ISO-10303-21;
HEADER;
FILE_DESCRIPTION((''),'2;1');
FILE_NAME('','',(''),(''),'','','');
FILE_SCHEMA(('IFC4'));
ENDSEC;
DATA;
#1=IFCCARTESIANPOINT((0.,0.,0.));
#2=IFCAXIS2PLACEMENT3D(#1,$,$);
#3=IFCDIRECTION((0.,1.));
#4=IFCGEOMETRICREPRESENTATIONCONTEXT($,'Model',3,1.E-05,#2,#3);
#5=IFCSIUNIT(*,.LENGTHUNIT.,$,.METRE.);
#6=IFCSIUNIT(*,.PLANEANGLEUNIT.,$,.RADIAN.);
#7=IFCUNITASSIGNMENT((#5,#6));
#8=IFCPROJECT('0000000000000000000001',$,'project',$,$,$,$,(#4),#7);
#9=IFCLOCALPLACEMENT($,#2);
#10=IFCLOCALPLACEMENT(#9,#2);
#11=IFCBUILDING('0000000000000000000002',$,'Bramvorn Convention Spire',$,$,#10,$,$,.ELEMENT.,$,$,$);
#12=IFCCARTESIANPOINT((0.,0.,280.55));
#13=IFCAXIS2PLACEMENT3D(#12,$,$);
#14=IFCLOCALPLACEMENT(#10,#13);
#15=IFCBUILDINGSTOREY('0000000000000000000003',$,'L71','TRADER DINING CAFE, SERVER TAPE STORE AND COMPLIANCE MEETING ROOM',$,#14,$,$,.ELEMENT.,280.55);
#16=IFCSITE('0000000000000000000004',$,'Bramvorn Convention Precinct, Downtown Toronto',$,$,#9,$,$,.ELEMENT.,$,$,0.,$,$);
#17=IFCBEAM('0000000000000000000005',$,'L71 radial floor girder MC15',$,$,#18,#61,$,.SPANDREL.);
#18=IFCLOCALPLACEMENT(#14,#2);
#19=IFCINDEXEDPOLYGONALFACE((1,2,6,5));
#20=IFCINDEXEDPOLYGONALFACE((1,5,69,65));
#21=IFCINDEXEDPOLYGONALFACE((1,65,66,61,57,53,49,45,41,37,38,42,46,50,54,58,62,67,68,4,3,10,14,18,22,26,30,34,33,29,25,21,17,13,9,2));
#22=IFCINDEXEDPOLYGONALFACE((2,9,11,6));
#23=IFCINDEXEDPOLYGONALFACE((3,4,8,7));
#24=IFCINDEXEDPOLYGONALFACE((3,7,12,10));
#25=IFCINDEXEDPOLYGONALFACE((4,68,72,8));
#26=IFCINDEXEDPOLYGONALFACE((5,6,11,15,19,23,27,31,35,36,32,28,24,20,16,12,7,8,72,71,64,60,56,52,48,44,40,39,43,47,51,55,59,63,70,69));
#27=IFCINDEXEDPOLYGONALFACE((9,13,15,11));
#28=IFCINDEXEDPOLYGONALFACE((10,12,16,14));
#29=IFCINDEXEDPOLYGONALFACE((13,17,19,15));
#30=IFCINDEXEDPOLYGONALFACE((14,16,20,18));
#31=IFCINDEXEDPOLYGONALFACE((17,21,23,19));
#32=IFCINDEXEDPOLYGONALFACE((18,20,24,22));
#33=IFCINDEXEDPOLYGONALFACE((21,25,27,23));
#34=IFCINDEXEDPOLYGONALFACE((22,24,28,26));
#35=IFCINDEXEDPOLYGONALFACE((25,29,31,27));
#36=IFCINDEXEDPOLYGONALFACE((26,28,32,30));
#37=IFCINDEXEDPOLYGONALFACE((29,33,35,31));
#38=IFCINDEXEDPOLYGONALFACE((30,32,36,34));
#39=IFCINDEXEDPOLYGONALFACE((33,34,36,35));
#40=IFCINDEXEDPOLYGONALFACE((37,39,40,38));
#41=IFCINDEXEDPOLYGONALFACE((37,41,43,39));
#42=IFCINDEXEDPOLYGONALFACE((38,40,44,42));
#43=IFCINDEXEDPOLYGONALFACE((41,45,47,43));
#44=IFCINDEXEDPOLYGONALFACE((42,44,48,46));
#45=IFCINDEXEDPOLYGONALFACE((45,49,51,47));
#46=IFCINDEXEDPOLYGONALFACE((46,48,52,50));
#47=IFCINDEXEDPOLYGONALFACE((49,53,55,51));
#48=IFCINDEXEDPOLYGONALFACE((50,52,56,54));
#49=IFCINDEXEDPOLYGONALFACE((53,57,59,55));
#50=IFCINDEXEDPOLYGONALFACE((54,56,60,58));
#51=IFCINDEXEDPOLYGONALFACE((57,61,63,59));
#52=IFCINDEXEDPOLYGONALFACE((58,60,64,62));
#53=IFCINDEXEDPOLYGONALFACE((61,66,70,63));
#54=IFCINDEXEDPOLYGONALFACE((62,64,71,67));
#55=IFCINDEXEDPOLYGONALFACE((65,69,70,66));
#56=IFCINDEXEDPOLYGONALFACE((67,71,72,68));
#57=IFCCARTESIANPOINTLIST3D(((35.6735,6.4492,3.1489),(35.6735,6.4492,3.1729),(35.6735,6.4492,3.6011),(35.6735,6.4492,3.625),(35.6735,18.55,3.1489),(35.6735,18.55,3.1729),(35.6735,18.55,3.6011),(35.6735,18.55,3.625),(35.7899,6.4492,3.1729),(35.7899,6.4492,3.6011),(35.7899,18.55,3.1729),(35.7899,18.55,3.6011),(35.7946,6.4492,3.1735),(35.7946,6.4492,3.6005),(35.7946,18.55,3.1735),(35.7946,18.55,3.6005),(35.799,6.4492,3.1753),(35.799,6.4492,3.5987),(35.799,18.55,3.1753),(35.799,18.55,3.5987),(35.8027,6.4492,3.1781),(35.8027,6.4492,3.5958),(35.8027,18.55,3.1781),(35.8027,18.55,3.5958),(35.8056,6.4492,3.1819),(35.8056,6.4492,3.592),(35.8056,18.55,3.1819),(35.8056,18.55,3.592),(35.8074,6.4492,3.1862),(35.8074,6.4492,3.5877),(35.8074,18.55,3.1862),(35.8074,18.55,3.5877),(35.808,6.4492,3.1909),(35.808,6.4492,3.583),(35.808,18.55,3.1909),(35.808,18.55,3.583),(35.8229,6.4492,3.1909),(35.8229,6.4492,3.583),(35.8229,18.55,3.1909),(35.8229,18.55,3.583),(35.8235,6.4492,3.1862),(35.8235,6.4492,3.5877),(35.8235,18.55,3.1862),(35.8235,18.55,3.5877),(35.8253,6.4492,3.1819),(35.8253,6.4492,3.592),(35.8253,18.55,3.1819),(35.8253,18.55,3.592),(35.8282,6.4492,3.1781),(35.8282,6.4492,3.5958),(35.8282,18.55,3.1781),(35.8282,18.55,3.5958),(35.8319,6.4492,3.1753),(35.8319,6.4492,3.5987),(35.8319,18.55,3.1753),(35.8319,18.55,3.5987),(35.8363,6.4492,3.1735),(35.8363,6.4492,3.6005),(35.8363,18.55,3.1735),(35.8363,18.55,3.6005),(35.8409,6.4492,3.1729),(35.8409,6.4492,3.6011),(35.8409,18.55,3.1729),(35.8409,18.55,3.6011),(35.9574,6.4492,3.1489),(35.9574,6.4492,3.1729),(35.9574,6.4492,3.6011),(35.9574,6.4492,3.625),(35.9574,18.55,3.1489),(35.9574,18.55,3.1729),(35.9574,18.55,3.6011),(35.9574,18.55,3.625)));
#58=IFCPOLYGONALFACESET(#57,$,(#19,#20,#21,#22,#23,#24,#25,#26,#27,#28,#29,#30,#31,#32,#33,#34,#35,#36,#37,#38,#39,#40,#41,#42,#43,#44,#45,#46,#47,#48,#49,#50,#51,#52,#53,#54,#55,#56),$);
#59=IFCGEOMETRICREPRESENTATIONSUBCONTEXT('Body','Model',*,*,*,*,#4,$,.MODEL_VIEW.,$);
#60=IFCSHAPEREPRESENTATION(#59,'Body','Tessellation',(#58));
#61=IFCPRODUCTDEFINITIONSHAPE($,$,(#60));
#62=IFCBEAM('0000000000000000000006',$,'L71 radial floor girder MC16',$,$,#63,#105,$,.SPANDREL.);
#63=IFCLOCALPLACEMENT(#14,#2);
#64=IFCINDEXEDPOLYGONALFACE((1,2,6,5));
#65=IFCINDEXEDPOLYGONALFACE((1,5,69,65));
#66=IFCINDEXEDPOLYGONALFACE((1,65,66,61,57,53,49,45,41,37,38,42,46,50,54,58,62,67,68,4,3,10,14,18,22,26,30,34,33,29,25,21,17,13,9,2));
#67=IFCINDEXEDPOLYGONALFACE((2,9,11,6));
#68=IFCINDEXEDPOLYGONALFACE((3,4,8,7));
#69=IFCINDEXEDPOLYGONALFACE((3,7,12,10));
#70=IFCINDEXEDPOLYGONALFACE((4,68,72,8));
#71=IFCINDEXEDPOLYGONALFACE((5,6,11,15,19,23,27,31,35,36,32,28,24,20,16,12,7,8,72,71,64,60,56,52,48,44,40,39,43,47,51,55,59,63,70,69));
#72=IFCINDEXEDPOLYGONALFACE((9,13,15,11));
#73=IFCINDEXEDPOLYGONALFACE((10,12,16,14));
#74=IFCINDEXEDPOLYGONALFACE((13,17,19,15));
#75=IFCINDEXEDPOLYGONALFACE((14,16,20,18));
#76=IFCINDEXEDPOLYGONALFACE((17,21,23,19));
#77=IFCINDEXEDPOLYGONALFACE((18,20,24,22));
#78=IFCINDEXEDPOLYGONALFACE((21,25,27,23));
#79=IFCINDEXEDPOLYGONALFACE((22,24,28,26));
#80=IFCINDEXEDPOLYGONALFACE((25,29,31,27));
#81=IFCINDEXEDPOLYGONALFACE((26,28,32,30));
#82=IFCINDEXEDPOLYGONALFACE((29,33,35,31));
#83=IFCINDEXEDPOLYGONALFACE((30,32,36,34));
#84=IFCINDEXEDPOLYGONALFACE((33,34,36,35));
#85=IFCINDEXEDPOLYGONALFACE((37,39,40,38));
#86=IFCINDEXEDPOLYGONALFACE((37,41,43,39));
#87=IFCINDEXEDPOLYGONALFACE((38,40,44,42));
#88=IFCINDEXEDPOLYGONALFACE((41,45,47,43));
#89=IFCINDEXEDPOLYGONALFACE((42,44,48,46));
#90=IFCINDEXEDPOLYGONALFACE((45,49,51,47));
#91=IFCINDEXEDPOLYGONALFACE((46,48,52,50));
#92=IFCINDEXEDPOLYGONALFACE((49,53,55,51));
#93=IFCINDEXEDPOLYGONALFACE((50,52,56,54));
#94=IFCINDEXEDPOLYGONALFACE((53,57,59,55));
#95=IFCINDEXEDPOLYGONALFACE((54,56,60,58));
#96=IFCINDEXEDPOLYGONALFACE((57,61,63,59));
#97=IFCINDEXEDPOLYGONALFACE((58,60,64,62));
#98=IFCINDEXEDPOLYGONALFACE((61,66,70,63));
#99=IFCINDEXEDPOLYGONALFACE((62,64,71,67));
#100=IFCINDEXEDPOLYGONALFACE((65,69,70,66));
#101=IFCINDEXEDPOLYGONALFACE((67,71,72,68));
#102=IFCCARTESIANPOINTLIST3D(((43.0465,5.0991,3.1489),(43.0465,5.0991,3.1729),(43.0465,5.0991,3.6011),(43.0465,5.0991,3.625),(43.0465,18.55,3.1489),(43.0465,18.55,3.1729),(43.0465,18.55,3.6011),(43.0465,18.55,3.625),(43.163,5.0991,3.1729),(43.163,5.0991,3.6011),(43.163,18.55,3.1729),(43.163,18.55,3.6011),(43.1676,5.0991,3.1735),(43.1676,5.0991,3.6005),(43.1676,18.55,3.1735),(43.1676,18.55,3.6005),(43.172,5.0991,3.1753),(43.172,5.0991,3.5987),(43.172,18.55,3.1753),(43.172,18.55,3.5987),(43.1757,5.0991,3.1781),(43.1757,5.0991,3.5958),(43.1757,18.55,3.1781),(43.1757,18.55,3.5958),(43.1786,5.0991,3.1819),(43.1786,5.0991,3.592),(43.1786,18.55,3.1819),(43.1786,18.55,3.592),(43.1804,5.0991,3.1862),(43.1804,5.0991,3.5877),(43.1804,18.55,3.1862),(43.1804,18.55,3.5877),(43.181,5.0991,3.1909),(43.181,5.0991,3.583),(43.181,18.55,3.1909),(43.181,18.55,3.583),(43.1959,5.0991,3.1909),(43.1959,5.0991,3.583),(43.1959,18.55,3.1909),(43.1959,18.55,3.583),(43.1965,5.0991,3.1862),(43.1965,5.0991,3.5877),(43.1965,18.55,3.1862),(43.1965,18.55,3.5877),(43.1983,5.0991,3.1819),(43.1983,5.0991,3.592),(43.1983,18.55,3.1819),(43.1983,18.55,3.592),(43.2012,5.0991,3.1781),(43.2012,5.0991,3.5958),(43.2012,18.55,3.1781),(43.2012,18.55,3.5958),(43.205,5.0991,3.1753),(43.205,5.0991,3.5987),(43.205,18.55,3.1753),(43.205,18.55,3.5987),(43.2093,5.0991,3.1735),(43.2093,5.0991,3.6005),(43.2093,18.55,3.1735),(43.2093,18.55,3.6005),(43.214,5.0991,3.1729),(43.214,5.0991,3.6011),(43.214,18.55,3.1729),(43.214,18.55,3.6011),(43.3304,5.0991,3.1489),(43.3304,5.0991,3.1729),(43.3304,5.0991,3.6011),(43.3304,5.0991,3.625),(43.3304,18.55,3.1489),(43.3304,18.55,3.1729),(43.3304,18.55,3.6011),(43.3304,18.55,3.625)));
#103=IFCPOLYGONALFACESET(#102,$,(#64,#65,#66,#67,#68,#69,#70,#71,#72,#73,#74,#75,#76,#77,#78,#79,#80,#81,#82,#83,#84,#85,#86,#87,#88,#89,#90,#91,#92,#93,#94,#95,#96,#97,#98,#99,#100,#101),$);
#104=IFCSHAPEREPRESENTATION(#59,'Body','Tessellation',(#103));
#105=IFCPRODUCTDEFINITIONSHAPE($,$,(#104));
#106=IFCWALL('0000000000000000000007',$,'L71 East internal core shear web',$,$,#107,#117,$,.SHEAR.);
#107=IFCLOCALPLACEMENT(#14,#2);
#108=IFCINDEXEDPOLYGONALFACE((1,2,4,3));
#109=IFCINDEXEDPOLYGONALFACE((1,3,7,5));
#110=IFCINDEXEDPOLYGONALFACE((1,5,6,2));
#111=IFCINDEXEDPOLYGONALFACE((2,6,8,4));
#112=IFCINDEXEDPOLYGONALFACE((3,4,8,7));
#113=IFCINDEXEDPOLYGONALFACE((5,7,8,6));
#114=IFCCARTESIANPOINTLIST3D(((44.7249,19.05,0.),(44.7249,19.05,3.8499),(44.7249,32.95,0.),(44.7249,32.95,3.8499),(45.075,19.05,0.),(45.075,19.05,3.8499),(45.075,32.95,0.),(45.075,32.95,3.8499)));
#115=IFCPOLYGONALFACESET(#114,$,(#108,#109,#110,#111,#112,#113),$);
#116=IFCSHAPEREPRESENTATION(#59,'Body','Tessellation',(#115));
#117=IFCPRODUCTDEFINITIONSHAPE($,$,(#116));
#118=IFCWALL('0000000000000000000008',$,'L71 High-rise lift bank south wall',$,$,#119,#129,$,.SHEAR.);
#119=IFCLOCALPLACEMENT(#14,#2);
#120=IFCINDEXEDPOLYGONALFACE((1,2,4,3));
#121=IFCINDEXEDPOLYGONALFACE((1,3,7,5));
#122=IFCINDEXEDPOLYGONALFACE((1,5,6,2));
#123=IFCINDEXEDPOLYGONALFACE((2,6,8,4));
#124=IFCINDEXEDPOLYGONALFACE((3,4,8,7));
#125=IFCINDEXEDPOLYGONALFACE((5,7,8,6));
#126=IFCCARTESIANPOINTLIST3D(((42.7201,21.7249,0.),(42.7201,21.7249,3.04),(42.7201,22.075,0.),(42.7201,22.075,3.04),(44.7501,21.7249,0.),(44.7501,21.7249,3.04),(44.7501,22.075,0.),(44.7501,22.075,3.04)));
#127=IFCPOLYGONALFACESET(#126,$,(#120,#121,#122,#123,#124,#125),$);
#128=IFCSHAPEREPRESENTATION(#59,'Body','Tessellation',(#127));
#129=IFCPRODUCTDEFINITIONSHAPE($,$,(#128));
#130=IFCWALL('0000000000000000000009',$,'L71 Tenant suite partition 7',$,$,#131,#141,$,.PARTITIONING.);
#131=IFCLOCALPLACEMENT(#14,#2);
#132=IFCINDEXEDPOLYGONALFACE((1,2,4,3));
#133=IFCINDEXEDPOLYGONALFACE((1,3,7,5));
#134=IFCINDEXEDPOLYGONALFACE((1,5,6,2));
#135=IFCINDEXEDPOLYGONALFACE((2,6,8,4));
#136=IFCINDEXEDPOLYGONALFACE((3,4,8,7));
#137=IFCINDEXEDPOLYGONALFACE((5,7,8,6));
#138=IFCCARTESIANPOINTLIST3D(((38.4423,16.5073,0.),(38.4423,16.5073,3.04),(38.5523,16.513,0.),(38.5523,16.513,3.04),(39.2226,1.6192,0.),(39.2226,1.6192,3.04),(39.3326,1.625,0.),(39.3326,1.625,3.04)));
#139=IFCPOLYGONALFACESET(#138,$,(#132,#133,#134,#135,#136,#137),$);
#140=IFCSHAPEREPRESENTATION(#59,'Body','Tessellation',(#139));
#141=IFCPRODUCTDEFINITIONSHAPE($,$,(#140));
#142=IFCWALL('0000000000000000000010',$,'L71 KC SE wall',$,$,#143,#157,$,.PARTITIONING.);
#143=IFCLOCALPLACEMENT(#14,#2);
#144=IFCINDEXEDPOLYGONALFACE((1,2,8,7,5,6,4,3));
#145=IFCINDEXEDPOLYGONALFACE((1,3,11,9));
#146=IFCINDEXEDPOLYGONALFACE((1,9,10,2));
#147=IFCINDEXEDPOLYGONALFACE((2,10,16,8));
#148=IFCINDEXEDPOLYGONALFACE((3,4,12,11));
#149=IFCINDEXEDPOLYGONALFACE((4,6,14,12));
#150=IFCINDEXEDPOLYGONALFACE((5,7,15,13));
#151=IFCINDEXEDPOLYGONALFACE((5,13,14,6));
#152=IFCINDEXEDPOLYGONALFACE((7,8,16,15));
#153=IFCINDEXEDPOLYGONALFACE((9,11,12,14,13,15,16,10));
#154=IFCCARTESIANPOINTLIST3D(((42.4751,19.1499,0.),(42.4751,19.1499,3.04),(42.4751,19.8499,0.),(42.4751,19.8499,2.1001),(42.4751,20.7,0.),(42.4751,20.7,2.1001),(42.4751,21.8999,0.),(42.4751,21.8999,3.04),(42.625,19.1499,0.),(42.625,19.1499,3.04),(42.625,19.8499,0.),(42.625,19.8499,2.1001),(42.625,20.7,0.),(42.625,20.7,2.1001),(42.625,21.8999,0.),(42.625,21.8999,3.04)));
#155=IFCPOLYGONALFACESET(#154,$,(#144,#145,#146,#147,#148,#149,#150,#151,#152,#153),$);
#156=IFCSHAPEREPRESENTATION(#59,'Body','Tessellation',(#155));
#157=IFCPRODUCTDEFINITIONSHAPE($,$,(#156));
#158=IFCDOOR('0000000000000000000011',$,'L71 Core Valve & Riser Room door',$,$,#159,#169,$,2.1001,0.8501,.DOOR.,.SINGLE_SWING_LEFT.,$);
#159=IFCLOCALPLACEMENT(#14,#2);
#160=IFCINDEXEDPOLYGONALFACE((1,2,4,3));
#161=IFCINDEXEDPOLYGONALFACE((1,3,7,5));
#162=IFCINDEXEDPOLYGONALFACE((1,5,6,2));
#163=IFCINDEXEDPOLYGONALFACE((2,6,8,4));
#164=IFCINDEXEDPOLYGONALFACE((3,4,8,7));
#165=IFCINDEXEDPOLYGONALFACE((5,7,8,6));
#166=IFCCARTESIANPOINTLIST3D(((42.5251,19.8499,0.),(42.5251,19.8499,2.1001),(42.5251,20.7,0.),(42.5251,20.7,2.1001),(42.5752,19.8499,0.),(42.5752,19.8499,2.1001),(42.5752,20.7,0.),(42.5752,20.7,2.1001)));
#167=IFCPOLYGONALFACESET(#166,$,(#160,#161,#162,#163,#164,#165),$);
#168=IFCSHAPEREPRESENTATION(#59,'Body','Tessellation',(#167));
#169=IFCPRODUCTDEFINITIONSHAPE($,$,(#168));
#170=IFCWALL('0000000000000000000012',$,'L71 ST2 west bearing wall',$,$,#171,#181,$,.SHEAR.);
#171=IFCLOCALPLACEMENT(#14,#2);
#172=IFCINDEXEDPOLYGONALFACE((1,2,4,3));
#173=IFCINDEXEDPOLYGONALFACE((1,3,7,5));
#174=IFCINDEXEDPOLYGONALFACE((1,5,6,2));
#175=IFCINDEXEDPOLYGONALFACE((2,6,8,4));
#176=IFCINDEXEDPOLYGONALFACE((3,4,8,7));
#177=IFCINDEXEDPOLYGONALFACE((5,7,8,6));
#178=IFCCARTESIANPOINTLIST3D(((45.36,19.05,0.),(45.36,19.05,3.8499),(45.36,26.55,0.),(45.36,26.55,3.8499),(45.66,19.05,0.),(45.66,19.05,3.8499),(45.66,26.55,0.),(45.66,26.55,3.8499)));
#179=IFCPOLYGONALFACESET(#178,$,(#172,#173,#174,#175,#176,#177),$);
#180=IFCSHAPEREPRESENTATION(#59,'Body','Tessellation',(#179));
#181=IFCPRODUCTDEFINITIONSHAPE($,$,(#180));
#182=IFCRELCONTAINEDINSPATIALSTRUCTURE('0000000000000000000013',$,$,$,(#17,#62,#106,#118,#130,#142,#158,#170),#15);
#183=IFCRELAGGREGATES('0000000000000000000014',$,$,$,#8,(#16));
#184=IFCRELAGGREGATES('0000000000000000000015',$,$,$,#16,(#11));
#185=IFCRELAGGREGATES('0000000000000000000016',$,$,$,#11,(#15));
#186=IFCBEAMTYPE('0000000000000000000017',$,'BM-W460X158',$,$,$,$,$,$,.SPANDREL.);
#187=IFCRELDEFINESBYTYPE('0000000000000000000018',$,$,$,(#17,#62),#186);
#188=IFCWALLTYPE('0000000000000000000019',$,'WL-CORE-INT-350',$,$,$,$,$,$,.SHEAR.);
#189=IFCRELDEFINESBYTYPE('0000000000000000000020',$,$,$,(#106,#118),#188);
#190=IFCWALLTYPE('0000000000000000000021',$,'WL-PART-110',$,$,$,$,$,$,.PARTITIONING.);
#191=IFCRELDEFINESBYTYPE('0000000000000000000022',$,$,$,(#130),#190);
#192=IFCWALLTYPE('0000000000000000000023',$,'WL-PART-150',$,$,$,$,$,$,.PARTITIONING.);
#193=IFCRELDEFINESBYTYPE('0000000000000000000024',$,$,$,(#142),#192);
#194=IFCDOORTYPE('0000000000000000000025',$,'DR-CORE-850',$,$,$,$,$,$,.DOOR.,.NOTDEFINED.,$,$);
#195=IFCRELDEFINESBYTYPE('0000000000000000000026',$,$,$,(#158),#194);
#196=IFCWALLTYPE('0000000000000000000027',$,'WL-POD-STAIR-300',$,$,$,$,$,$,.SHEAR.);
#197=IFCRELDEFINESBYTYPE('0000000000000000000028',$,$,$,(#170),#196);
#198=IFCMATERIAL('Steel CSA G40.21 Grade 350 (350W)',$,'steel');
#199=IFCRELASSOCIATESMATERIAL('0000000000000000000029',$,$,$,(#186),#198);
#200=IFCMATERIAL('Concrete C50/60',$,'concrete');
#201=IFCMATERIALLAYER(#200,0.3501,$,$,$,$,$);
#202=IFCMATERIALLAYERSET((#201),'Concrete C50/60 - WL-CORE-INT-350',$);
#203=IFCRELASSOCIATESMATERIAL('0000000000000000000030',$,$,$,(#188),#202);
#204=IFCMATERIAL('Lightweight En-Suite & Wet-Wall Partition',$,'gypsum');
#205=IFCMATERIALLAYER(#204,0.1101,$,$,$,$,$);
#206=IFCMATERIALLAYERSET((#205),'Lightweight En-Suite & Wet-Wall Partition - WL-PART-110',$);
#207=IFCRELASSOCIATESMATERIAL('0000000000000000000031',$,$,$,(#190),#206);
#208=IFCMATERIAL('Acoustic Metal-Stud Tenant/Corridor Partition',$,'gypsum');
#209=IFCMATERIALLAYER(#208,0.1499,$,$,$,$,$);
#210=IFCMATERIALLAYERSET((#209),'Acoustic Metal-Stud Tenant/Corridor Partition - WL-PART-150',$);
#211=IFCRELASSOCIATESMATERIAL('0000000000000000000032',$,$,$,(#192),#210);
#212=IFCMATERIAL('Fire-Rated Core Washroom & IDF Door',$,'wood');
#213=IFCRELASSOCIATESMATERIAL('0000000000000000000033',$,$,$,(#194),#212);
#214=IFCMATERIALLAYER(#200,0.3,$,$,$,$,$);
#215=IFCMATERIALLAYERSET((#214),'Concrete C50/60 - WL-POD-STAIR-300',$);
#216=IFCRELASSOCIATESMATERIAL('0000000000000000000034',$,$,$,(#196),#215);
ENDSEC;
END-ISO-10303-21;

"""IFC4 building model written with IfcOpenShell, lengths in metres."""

from ifc_helpers import new_model, si_unit, direction, frame, frame_2d, origin, origin_2d, place, context, subcontext, project, spatial, rectangle, i_section, extrude, material, layer, layer_set, material_profile, profile_set, type_object, element, fill, save


model = new_model("IFC4")

# Units and contexts
model_context = context("Model", 3, precision=1e-05, world=origin(), true_north=direction((0.0, 1.0)))
body_context = subcontext(model_context, "Body", "Model", "MODEL_VIEW")
ifc_project = project(units=[si_unit("LENGTHUNIT", "METRE"), si_unit("PLANEANGLEUNIT", "RADIAN")], contexts=[model_context])

# Site, building, storey
site_placement = place(None, origin())
site = spatial("IfcSite", under=ifc_project, at=site_placement, Name="Bramvorn Convention Precinct, Downtown Toronto", CompositionType="ELEMENT", RefElevation=0.0)
building_placement = place(site_placement, origin())
building = spatial("IfcBuilding", under=site, at=building_placement, Name="Bramvorn Convention Spire", CompositionType="ELEMENT")
storey_placement = place(building_placement, frame((0.0, 0.0, 280.55)))
storey = spatial("IfcBuildingStorey", under=building, at=storey_placement, Name="L71", Description="TRADER DINING CAFE, SERVER TAPE STORE AND COMPLIANCE MEETING ROOM", CompositionType="ELEMENT", Elevation=280.55)

# Beams
ifc_material_1 = material(Name="Steel CSA G40.21 Grade 350 (350W)", Category="steel")
ifc_material_profile_1 = material_profile(ifc_material_1, i_section(OverallWidth=0.2839, OverallDepth=0.4761, WebThickness=0.0149, FlangeThickness=0.0239, FilletRadius=0.0181, at=origin_2d()))
ifc_profile_set_1 = profile_set([ifc_material_profile_1], Name="Steel CSA G40.21 Grade 350 (350W) - W460X158")
beam_type_1 = type_object("IfcBeamType", Name="BM-W460X158", PredefinedType="SPANDREL", material=ifc_profile_set_1)
beam_1_placement = place(storey_placement, frame((35.8154, 18.55, 3.387), z_axis=(0.0, -1.0, 0.0), x_axis=(1.0, 0.0, 0.0)))
element("IfcBeam", 1, at=beam_1_placement, inside=storey, type_object=beam_type_1, Name="L71 radial floor girder MC15", PredefinedType="SPANDREL", context=body_context, shape_type="SweptSolid", body=[
    extrude(i_section(OverallWidth=0.2839, OverallDepth=0.4761, WebThickness=0.0149, FlangeThickness=0.0239, FilletRadius=0.0181, at=origin_2d()), origin(), (0.0, 0.0, 1.0), 12.1008),
])
beam_2_placement = place(storey_placement, frame((43.1885, 18.55, 3.387), z_axis=(0.0, -1.0, 0.0), x_axis=(1.0, 0.0, 0.0)))
element("IfcBeam", 2, at=beam_2_placement, inside=storey, type_object=beam_type_1, Name="L71 radial floor girder MC16", PredefinedType="SPANDREL", context=body_context, shape_type="SweptSolid", body=[
    extrude(i_section(OverallWidth=0.2839, OverallDepth=0.4761, WebThickness=0.0149, FlangeThickness=0.0239, FilletRadius=0.0181, at=origin_2d()), origin(), (0.0, 0.0, 1.0), 13.4509),
])

# Wall
ifc_material_2 = material(Name="Concrete C50/60", Category="concrete")
ifc_layer_1 = layer(ifc_material_2, 0.3501)
ifc_layer_set_1 = layer_set([ifc_layer_1], Name="Concrete C50/60 - WL-CORE-INT-350")
wall_type_1 = type_object("IfcWallType", Name="WL-CORE-INT-350", PredefinedType="SHEAR", material=ifc_layer_set_1)
wall_1_placement = place(storey_placement, frame((44.8999, 19.05, 0.0), z_axis=(0.0, 0.0, 1.0), x_axis=(0.0, 1.0, 0.0)))
element("IfcWall", 3, at=wall_1_placement, inside=storey, type_object=wall_type_1, Name="L71 East internal core shear web", PredefinedType="SHEAR", context=body_context, shape_type="SweptSolid", body=[
    extrude(rectangle(XDim=13.8999, YDim=0.3501, at=frame_2d((6.95, 0.0))), origin(), (0.0, 0.0, 1.0), 3.8499),
])

# Walls
wall_2_placement = place(storey_placement, frame((42.72, 21.8999, 0.0), z_axis=(0.0, 0.0, 1.0), x_axis=(1.0, 0.0, 0.0)))
element("IfcWall", 4, at=wall_2_placement, inside=storey, type_object=wall_type_1, Name="L71 High-rise lift bank south wall", PredefinedType="SHEAR", context=body_context, shape_type="SweptSolid", body=[
    extrude(rectangle(XDim=2.03, YDim=0.3501, at=frame_2d((1.0151, 0.0))), origin(), (0.0, 0.0, 1.0), 3.04),
])
ifc_material_3 = material(Name="Lightweight En-Suite & Wet-Wall Partition", Category="gypsum")
ifc_layer_2 = layer(ifc_material_3, 0.1101)
ifc_layer_set_2 = layer_set([ifc_layer_2], Name="Lightweight En-Suite & Wet-Wall Partition - WL-PART-110")
wall_type_2 = type_object("IfcWallType", Name="WL-PART-110", PredefinedType="PARTITIONING", material=ifc_layer_set_2)
wall_3_placement = place(storey_placement, frame((38.4973, 16.51, 0.0), z_axis=(0.0, 0.0, 1.0), x_axis=(0.052338, -0.998629, 0.0)))
element("IfcWall", 5, at=wall_3_placement, inside=storey, type_object=wall_type_2, Name="L71 Tenant suite partition 7", PredefinedType="PARTITIONING", context=body_context, shape_type="SweptSolid", body=[
    extrude(rectangle(XDim=14.9084, YDim=0.1101, at=frame_2d((7.4541, 0.0))), origin(), (0.0, 0.0, 1.0), 3.04),
])

# Wall, opening, door
ifc_material_4 = material(Name="Acoustic Metal-Stud Tenant/Corridor Partition", Category="gypsum")
ifc_layer_3 = layer(ifc_material_4, 0.1499)
ifc_layer_set_3 = layer_set([ifc_layer_3], Name="Acoustic Metal-Stud Tenant/Corridor Partition - WL-PART-150")
wall_type_3 = type_object("IfcWallType", Name="WL-PART-150", PredefinedType="PARTITIONING", material=ifc_layer_set_3)
wall_4_placement = place(storey_placement, frame((42.55, 19.1499, 0.0), z_axis=(0.0, 0.0, 1.0), x_axis=(0.0, 1.0, 0.0)))
wall_4 = element("IfcWall", 6, at=wall_4_placement, inside=storey, type_object=wall_type_3, Name="L71 KC SE wall", PredefinedType="PARTITIONING", context=body_context, shape_type="SweptSolid", body=[
    extrude(rectangle(XDim=2.75, YDim=0.1499, at=frame_2d((1.375, 0.0))), origin(), (0.0, 0.0, 1.0), 3.04),
])
opening_1_placement = place(wall_4_placement, frame((0.7, 0.0, 0.0)))
opening_1 = element("IfcOpeningElement", 7, at=opening_1_placement, cuts=wall_4, PredefinedType="OPENING", context=body_context, shape_type="SweptSolid", body=[
    extrude(rectangle(XDim=0.8501, YDim=2.1001, at=frame_2d((0.425, 1.05))), frame((0.0, 0.085, 0.0), z_axis=(0.0, -1.0, 0.0), x_axis=(1.0, 0.0, 0.0)), (0.0, 0.0, 1.0), 0.1699),
])
ifc_material_5 = material(Name="Fire-Rated Core Washroom & IDF Door", Category="wood")
door_type_1 = type_object("IfcDoorType", Name="DR-CORE-850", OperationType="NOTDEFINED", PredefinedType="DOOR", material=ifc_material_5)
door_1_placement = place(opening_1_placement, origin())
door_1 = element("IfcDoor", 8, at=door_1_placement, inside=storey, type_object=door_type_1, Name="L71 Core Valve & Riser Room door", OperationType="SINGLE_SWING_LEFT", OverallHeight=2.1001, OverallWidth=0.8501, PredefinedType="DOOR", context=body_context, shape_type="SweptSolid", body=[
    extrude(rectangle(XDim=0.8501, YDim=2.1001, at=frame_2d((0.425, 1.05))), frame((0.0, 0.0249, 0.0), z_axis=(0.0, -1.0, 0.0), x_axis=(1.0, 0.0, 0.0)), (0.0, 0.0, 1.0), 0.05),
])
fill(opening_1, door_1)

# Wall
ifc_layer_4 = layer(ifc_material_2, 0.3)
ifc_layer_set_4 = layer_set([ifc_layer_4], Name="Concrete C50/60 - WL-POD-STAIR-300")
wall_type_4 = type_object("IfcWallType", Name="WL-POD-STAIR-300", PredefinedType="SHEAR", material=ifc_layer_set_4)
wall_5_placement = place(storey_placement, frame((45.51, 19.05, 0.0), z_axis=(0.0, 0.0, 1.0), x_axis=(0.0, 1.0, 0.0)))
element("IfcWall", 9, at=wall_5_placement, inside=storey, type_object=wall_type_4, Name="L71 ST2 west bearing wall", PredefinedType="SHEAR", context=body_context, shape_type="SweptSolid", body=[
    extrude(rectangle(XDim=7.5, YDim=0.3, at=frame_2d((3.75, 0.0))), origin(), (0.0, 0.0, 1.0), 3.8499),
])

save(model, "model.ifc")
